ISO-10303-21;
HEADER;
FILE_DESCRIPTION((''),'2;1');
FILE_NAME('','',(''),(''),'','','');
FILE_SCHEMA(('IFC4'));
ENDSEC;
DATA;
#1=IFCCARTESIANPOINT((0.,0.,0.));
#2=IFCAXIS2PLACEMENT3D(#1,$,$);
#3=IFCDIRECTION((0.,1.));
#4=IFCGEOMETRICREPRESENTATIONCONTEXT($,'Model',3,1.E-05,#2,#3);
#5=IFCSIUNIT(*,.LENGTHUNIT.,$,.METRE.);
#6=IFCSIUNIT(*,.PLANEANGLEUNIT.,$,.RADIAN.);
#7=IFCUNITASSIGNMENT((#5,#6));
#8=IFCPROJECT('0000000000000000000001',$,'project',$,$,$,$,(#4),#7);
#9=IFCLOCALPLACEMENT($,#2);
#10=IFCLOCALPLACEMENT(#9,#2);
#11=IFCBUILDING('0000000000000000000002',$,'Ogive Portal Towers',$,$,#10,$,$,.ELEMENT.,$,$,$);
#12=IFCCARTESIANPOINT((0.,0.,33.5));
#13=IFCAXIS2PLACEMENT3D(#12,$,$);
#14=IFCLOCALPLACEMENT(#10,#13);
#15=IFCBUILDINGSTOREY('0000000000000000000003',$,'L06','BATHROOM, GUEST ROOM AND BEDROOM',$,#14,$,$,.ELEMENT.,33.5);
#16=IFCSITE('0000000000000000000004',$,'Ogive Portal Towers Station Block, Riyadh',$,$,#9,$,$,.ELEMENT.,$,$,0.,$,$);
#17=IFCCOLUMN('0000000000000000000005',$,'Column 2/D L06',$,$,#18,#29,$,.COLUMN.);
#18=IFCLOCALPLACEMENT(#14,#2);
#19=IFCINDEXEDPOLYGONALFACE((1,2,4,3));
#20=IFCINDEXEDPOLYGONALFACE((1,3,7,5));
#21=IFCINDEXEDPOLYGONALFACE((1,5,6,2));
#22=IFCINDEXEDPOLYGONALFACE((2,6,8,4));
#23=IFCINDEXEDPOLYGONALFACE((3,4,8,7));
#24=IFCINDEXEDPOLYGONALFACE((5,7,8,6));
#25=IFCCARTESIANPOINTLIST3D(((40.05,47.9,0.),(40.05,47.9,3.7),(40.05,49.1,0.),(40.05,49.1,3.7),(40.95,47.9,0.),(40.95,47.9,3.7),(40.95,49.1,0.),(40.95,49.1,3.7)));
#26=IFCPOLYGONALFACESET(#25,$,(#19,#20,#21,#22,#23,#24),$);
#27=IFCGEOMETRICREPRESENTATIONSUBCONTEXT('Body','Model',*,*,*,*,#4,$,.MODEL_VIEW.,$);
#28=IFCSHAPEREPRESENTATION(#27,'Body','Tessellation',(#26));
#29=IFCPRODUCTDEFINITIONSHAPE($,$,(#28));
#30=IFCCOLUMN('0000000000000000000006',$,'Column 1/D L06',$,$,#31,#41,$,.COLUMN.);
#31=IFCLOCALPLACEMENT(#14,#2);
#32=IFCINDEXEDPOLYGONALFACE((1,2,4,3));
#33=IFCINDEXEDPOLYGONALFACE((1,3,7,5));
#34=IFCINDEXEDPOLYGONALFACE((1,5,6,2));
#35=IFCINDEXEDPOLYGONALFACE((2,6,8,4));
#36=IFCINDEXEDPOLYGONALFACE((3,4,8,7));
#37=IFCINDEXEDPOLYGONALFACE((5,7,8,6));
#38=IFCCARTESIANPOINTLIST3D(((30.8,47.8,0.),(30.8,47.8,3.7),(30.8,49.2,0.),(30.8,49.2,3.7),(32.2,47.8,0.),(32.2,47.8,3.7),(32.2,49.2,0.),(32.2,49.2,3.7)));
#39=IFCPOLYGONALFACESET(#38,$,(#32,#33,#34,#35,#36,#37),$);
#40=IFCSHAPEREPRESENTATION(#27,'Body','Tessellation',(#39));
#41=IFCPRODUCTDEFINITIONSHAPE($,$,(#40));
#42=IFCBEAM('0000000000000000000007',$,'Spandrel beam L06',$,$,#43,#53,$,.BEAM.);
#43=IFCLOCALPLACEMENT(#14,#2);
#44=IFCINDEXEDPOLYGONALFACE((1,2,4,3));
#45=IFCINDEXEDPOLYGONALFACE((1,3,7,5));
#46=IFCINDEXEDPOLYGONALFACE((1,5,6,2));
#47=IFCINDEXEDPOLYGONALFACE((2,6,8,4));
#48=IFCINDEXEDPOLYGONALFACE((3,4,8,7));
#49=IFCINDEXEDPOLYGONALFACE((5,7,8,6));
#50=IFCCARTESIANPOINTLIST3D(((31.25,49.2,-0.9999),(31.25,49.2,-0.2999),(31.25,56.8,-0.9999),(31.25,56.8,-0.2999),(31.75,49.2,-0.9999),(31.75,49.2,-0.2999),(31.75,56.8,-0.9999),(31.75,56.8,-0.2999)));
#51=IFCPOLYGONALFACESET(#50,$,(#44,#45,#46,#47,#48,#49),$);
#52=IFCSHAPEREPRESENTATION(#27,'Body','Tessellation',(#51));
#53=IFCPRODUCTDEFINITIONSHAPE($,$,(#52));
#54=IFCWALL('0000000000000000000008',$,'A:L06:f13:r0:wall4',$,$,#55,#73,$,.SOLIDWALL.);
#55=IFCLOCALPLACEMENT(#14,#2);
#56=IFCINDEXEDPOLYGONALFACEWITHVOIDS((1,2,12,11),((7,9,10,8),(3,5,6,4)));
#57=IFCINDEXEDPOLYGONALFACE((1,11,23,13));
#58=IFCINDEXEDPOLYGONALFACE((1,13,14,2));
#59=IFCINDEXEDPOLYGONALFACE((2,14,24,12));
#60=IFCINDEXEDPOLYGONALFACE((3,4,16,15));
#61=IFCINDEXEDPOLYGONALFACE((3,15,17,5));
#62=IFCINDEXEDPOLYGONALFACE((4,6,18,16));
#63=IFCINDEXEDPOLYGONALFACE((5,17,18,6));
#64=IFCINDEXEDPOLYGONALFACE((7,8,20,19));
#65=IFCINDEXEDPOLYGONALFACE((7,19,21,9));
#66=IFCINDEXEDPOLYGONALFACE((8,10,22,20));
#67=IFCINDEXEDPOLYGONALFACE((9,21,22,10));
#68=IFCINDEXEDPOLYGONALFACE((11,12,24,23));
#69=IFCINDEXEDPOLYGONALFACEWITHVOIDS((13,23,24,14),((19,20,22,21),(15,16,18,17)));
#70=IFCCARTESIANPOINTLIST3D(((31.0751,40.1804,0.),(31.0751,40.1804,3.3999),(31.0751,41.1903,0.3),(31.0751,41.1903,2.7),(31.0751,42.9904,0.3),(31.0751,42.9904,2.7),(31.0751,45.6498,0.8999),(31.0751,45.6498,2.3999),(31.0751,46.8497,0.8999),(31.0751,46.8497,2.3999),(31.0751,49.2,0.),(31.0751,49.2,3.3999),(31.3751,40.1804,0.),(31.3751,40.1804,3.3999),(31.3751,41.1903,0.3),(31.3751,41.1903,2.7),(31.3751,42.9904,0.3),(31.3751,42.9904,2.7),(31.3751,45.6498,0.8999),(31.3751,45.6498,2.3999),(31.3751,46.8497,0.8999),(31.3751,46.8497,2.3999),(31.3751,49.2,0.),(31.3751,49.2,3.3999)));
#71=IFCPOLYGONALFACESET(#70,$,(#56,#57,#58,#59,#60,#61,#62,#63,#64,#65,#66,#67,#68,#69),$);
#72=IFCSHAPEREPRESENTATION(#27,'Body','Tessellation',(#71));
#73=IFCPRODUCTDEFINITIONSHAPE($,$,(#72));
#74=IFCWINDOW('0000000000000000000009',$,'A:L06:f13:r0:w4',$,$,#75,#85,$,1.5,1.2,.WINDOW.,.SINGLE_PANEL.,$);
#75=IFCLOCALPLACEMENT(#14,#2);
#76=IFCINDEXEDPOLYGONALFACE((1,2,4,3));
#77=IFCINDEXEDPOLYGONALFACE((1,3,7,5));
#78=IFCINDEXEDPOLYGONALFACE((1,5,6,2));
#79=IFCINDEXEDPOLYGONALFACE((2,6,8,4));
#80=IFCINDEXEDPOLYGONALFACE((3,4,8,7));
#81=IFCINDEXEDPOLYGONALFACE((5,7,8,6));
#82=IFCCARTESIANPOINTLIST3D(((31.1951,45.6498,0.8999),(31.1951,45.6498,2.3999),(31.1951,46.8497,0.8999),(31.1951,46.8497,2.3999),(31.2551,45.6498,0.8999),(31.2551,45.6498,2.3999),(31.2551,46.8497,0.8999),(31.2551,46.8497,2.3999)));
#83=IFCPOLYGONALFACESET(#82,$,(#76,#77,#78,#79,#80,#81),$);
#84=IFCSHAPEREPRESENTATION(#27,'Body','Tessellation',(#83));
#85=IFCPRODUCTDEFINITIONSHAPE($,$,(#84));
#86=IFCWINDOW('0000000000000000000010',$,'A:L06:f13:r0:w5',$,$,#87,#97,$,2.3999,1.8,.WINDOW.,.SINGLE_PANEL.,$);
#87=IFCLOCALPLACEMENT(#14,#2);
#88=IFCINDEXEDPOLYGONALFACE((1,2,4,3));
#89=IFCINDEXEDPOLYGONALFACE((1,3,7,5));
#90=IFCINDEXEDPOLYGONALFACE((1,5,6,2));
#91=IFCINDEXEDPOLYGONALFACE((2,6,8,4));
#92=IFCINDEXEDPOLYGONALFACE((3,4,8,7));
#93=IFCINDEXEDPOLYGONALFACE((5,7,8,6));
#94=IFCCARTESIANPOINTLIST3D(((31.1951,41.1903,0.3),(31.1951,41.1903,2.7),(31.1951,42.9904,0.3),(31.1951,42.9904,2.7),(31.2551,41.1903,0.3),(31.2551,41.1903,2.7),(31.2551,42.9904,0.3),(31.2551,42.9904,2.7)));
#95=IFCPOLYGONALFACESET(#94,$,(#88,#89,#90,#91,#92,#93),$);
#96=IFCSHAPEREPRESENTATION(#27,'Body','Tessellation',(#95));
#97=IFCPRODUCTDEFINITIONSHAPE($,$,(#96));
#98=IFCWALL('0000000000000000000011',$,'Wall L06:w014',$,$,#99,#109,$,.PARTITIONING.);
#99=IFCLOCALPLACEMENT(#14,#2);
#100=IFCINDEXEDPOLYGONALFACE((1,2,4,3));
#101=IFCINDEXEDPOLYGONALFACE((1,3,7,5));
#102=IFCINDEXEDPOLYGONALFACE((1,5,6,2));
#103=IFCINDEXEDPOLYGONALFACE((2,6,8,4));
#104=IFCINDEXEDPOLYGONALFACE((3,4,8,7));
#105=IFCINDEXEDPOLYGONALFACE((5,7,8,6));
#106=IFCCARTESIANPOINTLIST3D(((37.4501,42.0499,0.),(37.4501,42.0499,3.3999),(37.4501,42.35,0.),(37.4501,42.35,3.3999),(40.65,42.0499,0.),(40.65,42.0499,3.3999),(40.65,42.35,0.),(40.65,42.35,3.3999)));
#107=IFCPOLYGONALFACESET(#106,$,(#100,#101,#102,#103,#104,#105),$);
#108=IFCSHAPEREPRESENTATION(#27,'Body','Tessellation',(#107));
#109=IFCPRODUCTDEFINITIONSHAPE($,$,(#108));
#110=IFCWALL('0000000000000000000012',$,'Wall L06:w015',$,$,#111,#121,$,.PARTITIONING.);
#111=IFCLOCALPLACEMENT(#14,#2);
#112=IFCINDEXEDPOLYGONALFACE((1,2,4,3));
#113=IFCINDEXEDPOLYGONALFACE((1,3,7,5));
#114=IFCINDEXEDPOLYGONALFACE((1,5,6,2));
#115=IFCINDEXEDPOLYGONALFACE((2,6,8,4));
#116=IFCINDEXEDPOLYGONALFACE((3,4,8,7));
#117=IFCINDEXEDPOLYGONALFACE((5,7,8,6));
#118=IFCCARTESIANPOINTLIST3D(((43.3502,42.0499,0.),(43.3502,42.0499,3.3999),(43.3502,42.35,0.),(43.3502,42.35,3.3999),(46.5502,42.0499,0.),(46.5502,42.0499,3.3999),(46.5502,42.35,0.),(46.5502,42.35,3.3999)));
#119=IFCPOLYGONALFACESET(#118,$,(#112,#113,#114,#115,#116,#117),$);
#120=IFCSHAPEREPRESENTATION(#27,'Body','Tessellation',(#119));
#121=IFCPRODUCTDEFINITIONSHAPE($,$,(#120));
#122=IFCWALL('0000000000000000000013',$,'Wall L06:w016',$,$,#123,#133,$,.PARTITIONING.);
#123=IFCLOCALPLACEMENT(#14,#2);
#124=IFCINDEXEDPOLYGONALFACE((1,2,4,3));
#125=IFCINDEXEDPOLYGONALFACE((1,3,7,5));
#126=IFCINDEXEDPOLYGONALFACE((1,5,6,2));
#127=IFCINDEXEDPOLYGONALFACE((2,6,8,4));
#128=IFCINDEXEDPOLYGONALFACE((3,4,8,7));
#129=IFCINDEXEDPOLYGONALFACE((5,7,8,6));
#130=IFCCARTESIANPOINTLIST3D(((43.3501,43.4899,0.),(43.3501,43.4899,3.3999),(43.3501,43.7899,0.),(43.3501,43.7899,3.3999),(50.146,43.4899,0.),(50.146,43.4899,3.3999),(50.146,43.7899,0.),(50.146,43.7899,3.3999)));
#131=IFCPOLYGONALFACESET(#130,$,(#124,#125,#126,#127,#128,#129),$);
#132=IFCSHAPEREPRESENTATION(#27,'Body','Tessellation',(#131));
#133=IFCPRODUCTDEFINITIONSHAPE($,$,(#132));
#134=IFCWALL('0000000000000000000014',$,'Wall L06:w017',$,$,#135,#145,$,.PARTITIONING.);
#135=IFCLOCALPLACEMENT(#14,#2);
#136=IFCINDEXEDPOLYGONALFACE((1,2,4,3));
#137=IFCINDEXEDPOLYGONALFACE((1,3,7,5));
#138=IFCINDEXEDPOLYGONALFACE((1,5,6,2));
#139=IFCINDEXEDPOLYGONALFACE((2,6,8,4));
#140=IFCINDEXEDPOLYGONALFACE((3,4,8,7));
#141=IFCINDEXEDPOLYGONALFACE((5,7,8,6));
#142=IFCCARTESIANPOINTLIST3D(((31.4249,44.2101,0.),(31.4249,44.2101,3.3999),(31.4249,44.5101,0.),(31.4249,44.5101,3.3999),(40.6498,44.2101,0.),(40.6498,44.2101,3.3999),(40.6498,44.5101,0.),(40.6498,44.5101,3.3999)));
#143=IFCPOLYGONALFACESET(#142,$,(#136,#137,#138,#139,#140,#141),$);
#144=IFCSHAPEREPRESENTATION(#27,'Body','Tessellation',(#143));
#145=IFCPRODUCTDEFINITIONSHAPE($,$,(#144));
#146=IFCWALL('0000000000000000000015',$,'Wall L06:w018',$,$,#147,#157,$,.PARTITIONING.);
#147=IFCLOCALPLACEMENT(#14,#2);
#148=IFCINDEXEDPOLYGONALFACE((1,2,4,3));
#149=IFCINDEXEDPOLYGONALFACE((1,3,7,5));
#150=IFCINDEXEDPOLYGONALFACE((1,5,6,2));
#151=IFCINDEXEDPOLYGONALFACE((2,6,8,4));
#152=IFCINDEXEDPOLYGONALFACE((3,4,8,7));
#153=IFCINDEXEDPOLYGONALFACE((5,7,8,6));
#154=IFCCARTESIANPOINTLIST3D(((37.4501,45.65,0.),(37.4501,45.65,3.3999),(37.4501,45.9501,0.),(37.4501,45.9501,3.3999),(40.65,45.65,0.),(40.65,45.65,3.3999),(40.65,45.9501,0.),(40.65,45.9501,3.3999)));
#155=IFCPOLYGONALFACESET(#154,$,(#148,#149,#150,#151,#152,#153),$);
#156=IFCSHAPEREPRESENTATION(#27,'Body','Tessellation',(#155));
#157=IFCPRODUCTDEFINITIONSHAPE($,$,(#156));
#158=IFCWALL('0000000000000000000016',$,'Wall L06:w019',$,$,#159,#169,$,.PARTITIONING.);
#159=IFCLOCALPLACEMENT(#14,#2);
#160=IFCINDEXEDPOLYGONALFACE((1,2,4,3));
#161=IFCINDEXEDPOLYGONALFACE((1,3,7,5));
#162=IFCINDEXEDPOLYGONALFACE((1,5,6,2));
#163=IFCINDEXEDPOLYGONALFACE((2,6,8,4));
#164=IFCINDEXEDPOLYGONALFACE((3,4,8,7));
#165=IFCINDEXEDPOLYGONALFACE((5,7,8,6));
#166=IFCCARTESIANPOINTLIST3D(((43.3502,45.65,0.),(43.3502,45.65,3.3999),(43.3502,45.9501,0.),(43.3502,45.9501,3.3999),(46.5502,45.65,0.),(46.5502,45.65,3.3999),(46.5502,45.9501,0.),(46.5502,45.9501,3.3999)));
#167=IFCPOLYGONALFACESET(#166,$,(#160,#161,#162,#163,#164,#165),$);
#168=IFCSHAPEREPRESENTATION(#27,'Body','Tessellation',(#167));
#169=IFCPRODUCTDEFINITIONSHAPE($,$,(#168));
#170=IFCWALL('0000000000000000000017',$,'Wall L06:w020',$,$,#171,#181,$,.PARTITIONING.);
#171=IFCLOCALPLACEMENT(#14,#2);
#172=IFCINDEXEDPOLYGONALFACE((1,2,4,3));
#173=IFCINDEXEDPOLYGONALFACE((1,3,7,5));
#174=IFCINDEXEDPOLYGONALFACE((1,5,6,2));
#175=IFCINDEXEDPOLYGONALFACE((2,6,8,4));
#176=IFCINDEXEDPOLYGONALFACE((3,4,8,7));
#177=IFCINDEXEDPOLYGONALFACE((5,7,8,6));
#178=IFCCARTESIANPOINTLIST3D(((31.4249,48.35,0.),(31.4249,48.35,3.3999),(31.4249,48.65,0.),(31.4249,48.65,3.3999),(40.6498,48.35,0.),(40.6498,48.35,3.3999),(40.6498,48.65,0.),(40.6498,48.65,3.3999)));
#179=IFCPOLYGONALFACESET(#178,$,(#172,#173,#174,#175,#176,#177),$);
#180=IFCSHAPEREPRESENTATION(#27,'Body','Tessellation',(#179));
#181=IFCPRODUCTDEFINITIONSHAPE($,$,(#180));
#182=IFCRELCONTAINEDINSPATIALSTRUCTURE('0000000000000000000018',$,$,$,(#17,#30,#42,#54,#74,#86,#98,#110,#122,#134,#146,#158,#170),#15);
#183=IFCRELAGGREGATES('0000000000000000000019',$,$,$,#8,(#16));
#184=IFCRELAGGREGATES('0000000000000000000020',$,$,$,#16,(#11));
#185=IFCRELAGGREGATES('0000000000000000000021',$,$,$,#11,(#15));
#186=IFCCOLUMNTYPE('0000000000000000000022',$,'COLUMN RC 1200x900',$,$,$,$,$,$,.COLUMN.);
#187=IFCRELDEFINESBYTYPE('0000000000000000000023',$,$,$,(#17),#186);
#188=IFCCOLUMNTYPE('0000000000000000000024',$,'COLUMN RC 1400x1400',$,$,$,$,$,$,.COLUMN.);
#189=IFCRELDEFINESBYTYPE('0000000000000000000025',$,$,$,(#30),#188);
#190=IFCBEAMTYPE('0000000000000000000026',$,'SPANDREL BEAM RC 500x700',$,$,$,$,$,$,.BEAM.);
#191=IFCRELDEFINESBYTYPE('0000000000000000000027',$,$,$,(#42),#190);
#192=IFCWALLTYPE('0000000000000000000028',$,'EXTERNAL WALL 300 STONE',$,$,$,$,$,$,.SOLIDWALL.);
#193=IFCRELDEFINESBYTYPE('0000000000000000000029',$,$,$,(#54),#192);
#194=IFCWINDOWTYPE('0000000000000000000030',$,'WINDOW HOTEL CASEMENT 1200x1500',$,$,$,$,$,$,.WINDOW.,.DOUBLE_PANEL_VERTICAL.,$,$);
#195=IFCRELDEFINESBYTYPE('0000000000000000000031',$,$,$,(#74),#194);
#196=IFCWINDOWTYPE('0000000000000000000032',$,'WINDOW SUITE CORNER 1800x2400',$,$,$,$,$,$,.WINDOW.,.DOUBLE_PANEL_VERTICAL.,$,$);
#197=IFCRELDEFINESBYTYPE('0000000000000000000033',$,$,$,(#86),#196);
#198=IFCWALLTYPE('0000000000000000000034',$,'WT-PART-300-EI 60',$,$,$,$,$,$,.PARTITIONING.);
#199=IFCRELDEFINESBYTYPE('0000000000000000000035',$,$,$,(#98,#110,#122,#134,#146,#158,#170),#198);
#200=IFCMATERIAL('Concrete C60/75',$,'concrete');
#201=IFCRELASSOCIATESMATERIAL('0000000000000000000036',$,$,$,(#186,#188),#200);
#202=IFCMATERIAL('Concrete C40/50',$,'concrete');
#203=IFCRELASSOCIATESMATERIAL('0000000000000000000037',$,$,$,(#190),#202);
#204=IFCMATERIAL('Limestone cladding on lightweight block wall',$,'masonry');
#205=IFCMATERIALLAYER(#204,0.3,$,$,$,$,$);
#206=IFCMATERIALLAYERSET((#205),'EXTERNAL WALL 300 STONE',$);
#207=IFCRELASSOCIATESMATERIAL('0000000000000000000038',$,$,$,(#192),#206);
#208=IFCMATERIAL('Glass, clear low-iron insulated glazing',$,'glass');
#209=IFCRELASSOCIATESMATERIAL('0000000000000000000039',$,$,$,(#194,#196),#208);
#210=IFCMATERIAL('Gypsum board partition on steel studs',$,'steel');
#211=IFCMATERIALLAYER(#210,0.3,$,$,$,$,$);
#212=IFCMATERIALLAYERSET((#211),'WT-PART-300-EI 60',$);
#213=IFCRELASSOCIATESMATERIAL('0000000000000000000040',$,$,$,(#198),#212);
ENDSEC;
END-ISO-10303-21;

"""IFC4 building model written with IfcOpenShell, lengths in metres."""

from ifc_helpers import new_model, si_unit, direction, frame, frame_2d, origin, origin_2d, place, context, subcontext, project, spatial, rectangle, extrude, material, layer, layer_set, material_profile, profile_set, type_object, element, fill, save


model = new_model("IFC4")

# Units and contexts
model_context = context("Model", 3, precision=1e-05, world=origin(), true_north=direction((0.0, 1.0)))
body_context = subcontext(model_context, "Body", "Model", "MODEL_VIEW")
ifc_project = project(units=[si_unit("LENGTHUNIT", "METRE"), si_unit("PLANEANGLEUNIT", "RADIAN")], contexts=[model_context])

# Site, building, storey
site_placement = place(None, origin())
site = spatial("IfcSite", under=ifc_project, at=site_placement, Name="Ogive Portal Towers Station Block, Riyadh", CompositionType="ELEMENT", RefElevation=0.0)
building_placement = place(site_placement, origin())
building = spatial("IfcBuilding", under=site, at=building_placement, Name="Ogive Portal Towers", CompositionType="ELEMENT")
storey_placement = place(building_placement, frame((0.0, 0.0, 33.5)))
storey = spatial("IfcBuildingStorey", under=building, at=storey_placement, Name="L06", Description="BATHROOM, GUEST ROOM AND BEDROOM", CompositionType="ELEMENT", Elevation=33.5)

# Columns
ifc_material_1 = material(Name="Concrete C60/75", Category="concrete")
ifc_material_profile_1 = material_profile(ifc_material_1, rectangle(XDim=1.2, YDim=0.8999, at=origin_2d()), Name="RC 1200x900")
ifc_profile_set_1 = profile_set([ifc_material_profile_1], Name="Concrete C60/75")
column_type_1 = type_object("IfcColumnType", Name="COLUMN RC 1200x900", PredefinedType="COLUMN", material=ifc_profile_set_1)
column_1_placement = place(storey_placement, frame((40.5, 48.5, 0.0), z_axis=(0.0, 0.0, 1.0), x_axis=(0.0, 1.0, 0.0)))
element("IfcColumn", 1, at=column_1_placement, inside=storey, type_object=column_type_1, Name="Column 2/D L06", PredefinedType="COLUMN", context=body_context, shape_type="SweptSolid", body=[
    extrude(rectangle(XDim=1.2, YDim=0.8999, at=origin_2d()), origin(), (0.0, 0.0, 1.0), 3.7),
])
ifc_material_profile_2 = material_profile(ifc_material_1, rectangle(XDim=1.3999, YDim=1.3999, at=origin_2d()), Name="RC 1400x1400")
ifc_profile_set_2 = profile_set([ifc_material_profile_2], Name="Concrete C60/75")
column_type_2 = type_object("IfcColumnType", Name="COLUMN RC 1400x1400", PredefinedType="COLUMN", material=ifc_profile_set_2)
column_2_placement = place(storey_placement, frame((31.5, 48.5, 0.0), z_axis=(0.0, 0.0, 1.0), x_axis=(1.0, 0.0, 0.0)))
element("IfcColumn", 2, at=column_2_placement, inside=storey, type_object=column_type_2, Name="Column 1/D L06", PredefinedType="COLUMN", context=body_context, shape_type="SweptSolid", body=[
    extrude(rectangle(XDim=1.3999, YDim=1.3999, at=origin_2d()), origin(), (0.0, 0.0, 1.0), 3.7),
])

# Beam
ifc_material_2 = material(Name="Concrete C40/50", Category="concrete")
ifc_material_profile_3 = material_profile(ifc_material_2, rectangle(XDim=0.5, YDim=0.7, at=origin_2d()), Name="RC 500x700")
ifc_profile_set_3 = profile_set([ifc_material_profile_3], Name="Concrete C40/50")
beam_type = type_object("IfcBeamType", Name="SPANDREL BEAM RC 500x700", PredefinedType="BEAM", material=ifc_profile_set_3)
beam_placement = place(storey_placement, frame((31.5, 49.2, -0.6499), z_axis=(0.0, 1.0, 0.0), x_axis=(-1.0, 0.0, 0.0)))
element("IfcBeam", 3, at=beam_placement, inside=storey, type_object=beam_type, Name="Spandrel beam L06", PredefinedType="BEAM", context=body_context, shape_type="SweptSolid", body=[
    extrude(rectangle(XDim=0.5, YDim=0.7, at=origin_2d()), origin(), (0.0, 0.0, 1.0), 7.6001),
])

# Wall, openings, windows
ifc_material_3 = material(Name="Limestone cladding on lightweight block wall", Category="masonry")
ifc_layer_1 = layer(ifc_material_3, 0.3)
ifc_layer_set_1 = layer_set([ifc_layer_1], Name="EXTERNAL WALL 300 STONE")
wall_type_1 = type_object("IfcWallType", Name="EXTERNAL WALL 300 STONE", PredefinedType="SOLIDWALL", material=ifc_layer_set_1)
wall_1_placement = place(storey_placement, frame((31.2251, 49.2, 0.0), z_axis=(0.0, 0.0, 1.0), x_axis=(0.0, -1.0, 0.0)))
wall_1 = element("IfcWall", 4, at=wall_1_placement, inside=storey, type_object=wall_type_1, Name="A:L06:f13:r0:wall4", PredefinedType="SOLIDWALL", context=body_context, shape_type="SweptSolid", body=[
    extrude(rectangle(XDim=9.0195, YDim=0.3, at=frame_2d((4.5098, 0.0))), origin(), (0.0, 0.0, 1.0), 3.3999),
])
opening_1_placement = place(wall_1_placement, frame((2.3501, 0.0, 0.8999)))
opening_1 = element("IfcOpeningElement", 5, at=opening_1_placement, cuts=wall_1, PredefinedType="OPENING", context=body_context, shape_type="SweptSolid", body=[
    extrude(rectangle(XDim=1.2, YDim=1.5, at=frame_2d((0.6001, 0.75))), frame((0.0, 0.1602, 0.0), z_axis=(0.0, -1.0, 0.0), x_axis=(1.0, 0.0, 0.0)), (0.0, 0.0, 1.0), 0.3201),
])
opening_2_placement = place(wall_1_placement, frame((6.2097, 0.0, 0.3)))
opening_2 = element("IfcOpeningElement", 6, at=opening_2_placement, cuts=wall_1, PredefinedType="OPENING", context=body_context, shape_type="SweptSolid", body=[
    extrude(rectangle(XDim=1.8, YDim=2.3999, at=frame_2d((0.8999, 1.2))), frame((0.0, 0.1602, 0.0), z_axis=(0.0, -1.0, 0.0), x_axis=(1.0, 0.0, 0.0)), (0.0, 0.0, 1.0), 0.3201),
])
ifc_material_4 = material(Name="Glass, clear low-iron insulated glazing", Category="glass")
window_type_1 = type_object("IfcWindowType", Name="WINDOW HOTEL CASEMENT 1200x1500", PartitioningType="DOUBLE_PANEL_VERTICAL", PredefinedType="WINDOW", material=ifc_material_4)
window_1_placement = place(opening_1_placement, origin())
window_1 = element("IfcWindow", 7, at=window_1_placement, inside=storey, type_object=window_type_1, Name="A:L06:f13:r0:w4", OverallHeight=1.5, OverallWidth=1.2, PartitioningType="SINGLE_PANEL", PredefinedType="WINDOW", context=body_context, shape_type="SweptSolid", body=[
    extrude(rectangle(XDim=1.2, YDim=1.5, at=frame_2d((0.6001, 0.75))), frame((0.0, 0.03, 0.0), z_axis=(0.0, -1.0, 0.0), x_axis=(1.0, 0.0, 0.0)), (0.0, 0.0, 1.0), 0.0601),
])
fill(opening_1, window_1)
window_type_2 = type_object("IfcWindowType", Name="WINDOW SUITE CORNER 1800x2400", PartitioningType="DOUBLE_PANEL_VERTICAL", PredefinedType="WINDOW", material=ifc_material_4)
window_2_placement = place(opening_2_placement, origin())
window_2 = element("IfcWindow", 8, at=window_2_placement, inside=storey, type_object=window_type_2, Name="A:L06:f13:r0:w5", OverallHeight=2.3999, OverallWidth=1.8, PartitioningType="SINGLE_PANEL", PredefinedType="WINDOW", context=body_context, shape_type="SweptSolid", body=[
    extrude(rectangle(XDim=1.8, YDim=2.3999, at=frame_2d((0.8999, 1.2))), frame((0.0, 0.03, 0.0), z_axis=(0.0, -1.0, 0.0), x_axis=(1.0, 0.0, 0.0)), (0.0, 0.0, 1.0), 0.0601),
])
fill(opening_2, window_2)

# Walls
ifc_material_5 = material(Name="Gypsum board partition on steel studs", Category="steel")
ifc_layer_2 = layer(ifc_material_5, 0.3)
ifc_layer_set_2 = layer_set([ifc_layer_2], Name="WT-PART-300-EI 60")
wall_type_2 = type_object("IfcWallType", Name="WT-PART-300-EI 60", PredefinedType="PARTITIONING", material=ifc_layer_set_2)
for number, where, z_axis, x_axis, name in (
    (9, (37.45, 42.2, 0.0), (0.0, 0.0, 1.0), (1.0, 0.0, 0.0), "Wall L06:w014"),
    (10, (43.3501, 42.2, 0.0), (0.0, 0.0, 1.0), (1.0, 0.0, 0.0), "Wall L06:w015"),
):
    element("IfcWall", number, at=place(storey_placement, frame(where, z_axis=z_axis, x_axis=x_axis)), inside=storey, type_object=wall_type_2, Name=name, PredefinedType="PARTITIONING", context=body_context, shape_type="SweptSolid", body=[
        extrude(rectangle(XDim=3.2, YDim=0.3, at=frame_2d((1.6001, 0.0))), origin(), (0.0, 0.0, 1.0), 3.3999),
    ])
wall_2_placement = place(storey_placement, frame((43.3501, 43.6399, 0.0), z_axis=(0.0, 0.0, 1.0), x_axis=(1.0, 0.0, 0.0)))
element("IfcWall", 11, at=wall_2_placement, inside=storey, type_object=wall_type_2, Name="Wall L06:w016", PredefinedType="PARTITIONING", context=body_context, shape_type="SweptSolid", body=[
    extrude(rectangle(XDim=6.7959, YDim=0.3, at=frame_2d((3.3979, 0.0))), origin(), (0.0, 0.0, 1.0), 3.3999),
])
wall_3_placement = place(storey_placement, frame((31.425, 44.3601, 0.0), z_axis=(0.0, 0.0, 1.0), x_axis=(1.0, 0.0, 0.0)))
element("IfcWall", 12, at=wall_3_placement, inside=storey, type_object=wall_type_2, Name="Wall L06:w017", PredefinedType="PARTITIONING", context=body_context, shape_type="SweptSolid", body=[
    extrude(rectangle(XDim=9.2249, YDim=0.3, at=frame_2d((4.6123, 0.0))), origin(), (0.0, 0.0, 1.0), 3.3999),
])
for number, where, z_axis, x_axis, name in (
    (13, (37.45, 45.8, 0.0), (0.0, 0.0, 1.0), (1.0, 0.0, 0.0), "Wall L06:w018"),
    (14, (43.3501, 45.8, 0.0), (0.0, 0.0, 1.0), (1.0, 0.0, 0.0), "Wall L06:w019"),
):
    element("IfcWall", number, at=place(storey_placement, frame(where, z_axis=z_axis, x_axis=x_axis)), inside=storey, type_object=wall_type_2, Name=name, PredefinedType="PARTITIONING", context=body_context, shape_type="SweptSolid", body=[
        extrude(rectangle(XDim=3.2, YDim=0.3, at=frame_2d((1.6001, 0.0))), origin(), (0.0, 0.0, 1.0), 3.3999),
    ])
wall_4_placement = place(storey_placement, frame((31.425, 48.5, 0.0), z_axis=(0.0, 0.0, 1.0), x_axis=(1.0, 0.0, 0.0)))
element("IfcWall", 15, at=wall_4_placement, inside=storey, type_object=wall_type_2, Name="Wall L06:w020", PredefinedType="PARTITIONING", context=body_context, shape_type="SweptSolid", body=[
    extrude(rectangle(XDim=9.2249, YDim=0.3, at=frame_2d((4.6123, 0.0))), origin(), (0.0, 0.0, 1.0), 3.3999),
])

save(model, "model.ifc")
